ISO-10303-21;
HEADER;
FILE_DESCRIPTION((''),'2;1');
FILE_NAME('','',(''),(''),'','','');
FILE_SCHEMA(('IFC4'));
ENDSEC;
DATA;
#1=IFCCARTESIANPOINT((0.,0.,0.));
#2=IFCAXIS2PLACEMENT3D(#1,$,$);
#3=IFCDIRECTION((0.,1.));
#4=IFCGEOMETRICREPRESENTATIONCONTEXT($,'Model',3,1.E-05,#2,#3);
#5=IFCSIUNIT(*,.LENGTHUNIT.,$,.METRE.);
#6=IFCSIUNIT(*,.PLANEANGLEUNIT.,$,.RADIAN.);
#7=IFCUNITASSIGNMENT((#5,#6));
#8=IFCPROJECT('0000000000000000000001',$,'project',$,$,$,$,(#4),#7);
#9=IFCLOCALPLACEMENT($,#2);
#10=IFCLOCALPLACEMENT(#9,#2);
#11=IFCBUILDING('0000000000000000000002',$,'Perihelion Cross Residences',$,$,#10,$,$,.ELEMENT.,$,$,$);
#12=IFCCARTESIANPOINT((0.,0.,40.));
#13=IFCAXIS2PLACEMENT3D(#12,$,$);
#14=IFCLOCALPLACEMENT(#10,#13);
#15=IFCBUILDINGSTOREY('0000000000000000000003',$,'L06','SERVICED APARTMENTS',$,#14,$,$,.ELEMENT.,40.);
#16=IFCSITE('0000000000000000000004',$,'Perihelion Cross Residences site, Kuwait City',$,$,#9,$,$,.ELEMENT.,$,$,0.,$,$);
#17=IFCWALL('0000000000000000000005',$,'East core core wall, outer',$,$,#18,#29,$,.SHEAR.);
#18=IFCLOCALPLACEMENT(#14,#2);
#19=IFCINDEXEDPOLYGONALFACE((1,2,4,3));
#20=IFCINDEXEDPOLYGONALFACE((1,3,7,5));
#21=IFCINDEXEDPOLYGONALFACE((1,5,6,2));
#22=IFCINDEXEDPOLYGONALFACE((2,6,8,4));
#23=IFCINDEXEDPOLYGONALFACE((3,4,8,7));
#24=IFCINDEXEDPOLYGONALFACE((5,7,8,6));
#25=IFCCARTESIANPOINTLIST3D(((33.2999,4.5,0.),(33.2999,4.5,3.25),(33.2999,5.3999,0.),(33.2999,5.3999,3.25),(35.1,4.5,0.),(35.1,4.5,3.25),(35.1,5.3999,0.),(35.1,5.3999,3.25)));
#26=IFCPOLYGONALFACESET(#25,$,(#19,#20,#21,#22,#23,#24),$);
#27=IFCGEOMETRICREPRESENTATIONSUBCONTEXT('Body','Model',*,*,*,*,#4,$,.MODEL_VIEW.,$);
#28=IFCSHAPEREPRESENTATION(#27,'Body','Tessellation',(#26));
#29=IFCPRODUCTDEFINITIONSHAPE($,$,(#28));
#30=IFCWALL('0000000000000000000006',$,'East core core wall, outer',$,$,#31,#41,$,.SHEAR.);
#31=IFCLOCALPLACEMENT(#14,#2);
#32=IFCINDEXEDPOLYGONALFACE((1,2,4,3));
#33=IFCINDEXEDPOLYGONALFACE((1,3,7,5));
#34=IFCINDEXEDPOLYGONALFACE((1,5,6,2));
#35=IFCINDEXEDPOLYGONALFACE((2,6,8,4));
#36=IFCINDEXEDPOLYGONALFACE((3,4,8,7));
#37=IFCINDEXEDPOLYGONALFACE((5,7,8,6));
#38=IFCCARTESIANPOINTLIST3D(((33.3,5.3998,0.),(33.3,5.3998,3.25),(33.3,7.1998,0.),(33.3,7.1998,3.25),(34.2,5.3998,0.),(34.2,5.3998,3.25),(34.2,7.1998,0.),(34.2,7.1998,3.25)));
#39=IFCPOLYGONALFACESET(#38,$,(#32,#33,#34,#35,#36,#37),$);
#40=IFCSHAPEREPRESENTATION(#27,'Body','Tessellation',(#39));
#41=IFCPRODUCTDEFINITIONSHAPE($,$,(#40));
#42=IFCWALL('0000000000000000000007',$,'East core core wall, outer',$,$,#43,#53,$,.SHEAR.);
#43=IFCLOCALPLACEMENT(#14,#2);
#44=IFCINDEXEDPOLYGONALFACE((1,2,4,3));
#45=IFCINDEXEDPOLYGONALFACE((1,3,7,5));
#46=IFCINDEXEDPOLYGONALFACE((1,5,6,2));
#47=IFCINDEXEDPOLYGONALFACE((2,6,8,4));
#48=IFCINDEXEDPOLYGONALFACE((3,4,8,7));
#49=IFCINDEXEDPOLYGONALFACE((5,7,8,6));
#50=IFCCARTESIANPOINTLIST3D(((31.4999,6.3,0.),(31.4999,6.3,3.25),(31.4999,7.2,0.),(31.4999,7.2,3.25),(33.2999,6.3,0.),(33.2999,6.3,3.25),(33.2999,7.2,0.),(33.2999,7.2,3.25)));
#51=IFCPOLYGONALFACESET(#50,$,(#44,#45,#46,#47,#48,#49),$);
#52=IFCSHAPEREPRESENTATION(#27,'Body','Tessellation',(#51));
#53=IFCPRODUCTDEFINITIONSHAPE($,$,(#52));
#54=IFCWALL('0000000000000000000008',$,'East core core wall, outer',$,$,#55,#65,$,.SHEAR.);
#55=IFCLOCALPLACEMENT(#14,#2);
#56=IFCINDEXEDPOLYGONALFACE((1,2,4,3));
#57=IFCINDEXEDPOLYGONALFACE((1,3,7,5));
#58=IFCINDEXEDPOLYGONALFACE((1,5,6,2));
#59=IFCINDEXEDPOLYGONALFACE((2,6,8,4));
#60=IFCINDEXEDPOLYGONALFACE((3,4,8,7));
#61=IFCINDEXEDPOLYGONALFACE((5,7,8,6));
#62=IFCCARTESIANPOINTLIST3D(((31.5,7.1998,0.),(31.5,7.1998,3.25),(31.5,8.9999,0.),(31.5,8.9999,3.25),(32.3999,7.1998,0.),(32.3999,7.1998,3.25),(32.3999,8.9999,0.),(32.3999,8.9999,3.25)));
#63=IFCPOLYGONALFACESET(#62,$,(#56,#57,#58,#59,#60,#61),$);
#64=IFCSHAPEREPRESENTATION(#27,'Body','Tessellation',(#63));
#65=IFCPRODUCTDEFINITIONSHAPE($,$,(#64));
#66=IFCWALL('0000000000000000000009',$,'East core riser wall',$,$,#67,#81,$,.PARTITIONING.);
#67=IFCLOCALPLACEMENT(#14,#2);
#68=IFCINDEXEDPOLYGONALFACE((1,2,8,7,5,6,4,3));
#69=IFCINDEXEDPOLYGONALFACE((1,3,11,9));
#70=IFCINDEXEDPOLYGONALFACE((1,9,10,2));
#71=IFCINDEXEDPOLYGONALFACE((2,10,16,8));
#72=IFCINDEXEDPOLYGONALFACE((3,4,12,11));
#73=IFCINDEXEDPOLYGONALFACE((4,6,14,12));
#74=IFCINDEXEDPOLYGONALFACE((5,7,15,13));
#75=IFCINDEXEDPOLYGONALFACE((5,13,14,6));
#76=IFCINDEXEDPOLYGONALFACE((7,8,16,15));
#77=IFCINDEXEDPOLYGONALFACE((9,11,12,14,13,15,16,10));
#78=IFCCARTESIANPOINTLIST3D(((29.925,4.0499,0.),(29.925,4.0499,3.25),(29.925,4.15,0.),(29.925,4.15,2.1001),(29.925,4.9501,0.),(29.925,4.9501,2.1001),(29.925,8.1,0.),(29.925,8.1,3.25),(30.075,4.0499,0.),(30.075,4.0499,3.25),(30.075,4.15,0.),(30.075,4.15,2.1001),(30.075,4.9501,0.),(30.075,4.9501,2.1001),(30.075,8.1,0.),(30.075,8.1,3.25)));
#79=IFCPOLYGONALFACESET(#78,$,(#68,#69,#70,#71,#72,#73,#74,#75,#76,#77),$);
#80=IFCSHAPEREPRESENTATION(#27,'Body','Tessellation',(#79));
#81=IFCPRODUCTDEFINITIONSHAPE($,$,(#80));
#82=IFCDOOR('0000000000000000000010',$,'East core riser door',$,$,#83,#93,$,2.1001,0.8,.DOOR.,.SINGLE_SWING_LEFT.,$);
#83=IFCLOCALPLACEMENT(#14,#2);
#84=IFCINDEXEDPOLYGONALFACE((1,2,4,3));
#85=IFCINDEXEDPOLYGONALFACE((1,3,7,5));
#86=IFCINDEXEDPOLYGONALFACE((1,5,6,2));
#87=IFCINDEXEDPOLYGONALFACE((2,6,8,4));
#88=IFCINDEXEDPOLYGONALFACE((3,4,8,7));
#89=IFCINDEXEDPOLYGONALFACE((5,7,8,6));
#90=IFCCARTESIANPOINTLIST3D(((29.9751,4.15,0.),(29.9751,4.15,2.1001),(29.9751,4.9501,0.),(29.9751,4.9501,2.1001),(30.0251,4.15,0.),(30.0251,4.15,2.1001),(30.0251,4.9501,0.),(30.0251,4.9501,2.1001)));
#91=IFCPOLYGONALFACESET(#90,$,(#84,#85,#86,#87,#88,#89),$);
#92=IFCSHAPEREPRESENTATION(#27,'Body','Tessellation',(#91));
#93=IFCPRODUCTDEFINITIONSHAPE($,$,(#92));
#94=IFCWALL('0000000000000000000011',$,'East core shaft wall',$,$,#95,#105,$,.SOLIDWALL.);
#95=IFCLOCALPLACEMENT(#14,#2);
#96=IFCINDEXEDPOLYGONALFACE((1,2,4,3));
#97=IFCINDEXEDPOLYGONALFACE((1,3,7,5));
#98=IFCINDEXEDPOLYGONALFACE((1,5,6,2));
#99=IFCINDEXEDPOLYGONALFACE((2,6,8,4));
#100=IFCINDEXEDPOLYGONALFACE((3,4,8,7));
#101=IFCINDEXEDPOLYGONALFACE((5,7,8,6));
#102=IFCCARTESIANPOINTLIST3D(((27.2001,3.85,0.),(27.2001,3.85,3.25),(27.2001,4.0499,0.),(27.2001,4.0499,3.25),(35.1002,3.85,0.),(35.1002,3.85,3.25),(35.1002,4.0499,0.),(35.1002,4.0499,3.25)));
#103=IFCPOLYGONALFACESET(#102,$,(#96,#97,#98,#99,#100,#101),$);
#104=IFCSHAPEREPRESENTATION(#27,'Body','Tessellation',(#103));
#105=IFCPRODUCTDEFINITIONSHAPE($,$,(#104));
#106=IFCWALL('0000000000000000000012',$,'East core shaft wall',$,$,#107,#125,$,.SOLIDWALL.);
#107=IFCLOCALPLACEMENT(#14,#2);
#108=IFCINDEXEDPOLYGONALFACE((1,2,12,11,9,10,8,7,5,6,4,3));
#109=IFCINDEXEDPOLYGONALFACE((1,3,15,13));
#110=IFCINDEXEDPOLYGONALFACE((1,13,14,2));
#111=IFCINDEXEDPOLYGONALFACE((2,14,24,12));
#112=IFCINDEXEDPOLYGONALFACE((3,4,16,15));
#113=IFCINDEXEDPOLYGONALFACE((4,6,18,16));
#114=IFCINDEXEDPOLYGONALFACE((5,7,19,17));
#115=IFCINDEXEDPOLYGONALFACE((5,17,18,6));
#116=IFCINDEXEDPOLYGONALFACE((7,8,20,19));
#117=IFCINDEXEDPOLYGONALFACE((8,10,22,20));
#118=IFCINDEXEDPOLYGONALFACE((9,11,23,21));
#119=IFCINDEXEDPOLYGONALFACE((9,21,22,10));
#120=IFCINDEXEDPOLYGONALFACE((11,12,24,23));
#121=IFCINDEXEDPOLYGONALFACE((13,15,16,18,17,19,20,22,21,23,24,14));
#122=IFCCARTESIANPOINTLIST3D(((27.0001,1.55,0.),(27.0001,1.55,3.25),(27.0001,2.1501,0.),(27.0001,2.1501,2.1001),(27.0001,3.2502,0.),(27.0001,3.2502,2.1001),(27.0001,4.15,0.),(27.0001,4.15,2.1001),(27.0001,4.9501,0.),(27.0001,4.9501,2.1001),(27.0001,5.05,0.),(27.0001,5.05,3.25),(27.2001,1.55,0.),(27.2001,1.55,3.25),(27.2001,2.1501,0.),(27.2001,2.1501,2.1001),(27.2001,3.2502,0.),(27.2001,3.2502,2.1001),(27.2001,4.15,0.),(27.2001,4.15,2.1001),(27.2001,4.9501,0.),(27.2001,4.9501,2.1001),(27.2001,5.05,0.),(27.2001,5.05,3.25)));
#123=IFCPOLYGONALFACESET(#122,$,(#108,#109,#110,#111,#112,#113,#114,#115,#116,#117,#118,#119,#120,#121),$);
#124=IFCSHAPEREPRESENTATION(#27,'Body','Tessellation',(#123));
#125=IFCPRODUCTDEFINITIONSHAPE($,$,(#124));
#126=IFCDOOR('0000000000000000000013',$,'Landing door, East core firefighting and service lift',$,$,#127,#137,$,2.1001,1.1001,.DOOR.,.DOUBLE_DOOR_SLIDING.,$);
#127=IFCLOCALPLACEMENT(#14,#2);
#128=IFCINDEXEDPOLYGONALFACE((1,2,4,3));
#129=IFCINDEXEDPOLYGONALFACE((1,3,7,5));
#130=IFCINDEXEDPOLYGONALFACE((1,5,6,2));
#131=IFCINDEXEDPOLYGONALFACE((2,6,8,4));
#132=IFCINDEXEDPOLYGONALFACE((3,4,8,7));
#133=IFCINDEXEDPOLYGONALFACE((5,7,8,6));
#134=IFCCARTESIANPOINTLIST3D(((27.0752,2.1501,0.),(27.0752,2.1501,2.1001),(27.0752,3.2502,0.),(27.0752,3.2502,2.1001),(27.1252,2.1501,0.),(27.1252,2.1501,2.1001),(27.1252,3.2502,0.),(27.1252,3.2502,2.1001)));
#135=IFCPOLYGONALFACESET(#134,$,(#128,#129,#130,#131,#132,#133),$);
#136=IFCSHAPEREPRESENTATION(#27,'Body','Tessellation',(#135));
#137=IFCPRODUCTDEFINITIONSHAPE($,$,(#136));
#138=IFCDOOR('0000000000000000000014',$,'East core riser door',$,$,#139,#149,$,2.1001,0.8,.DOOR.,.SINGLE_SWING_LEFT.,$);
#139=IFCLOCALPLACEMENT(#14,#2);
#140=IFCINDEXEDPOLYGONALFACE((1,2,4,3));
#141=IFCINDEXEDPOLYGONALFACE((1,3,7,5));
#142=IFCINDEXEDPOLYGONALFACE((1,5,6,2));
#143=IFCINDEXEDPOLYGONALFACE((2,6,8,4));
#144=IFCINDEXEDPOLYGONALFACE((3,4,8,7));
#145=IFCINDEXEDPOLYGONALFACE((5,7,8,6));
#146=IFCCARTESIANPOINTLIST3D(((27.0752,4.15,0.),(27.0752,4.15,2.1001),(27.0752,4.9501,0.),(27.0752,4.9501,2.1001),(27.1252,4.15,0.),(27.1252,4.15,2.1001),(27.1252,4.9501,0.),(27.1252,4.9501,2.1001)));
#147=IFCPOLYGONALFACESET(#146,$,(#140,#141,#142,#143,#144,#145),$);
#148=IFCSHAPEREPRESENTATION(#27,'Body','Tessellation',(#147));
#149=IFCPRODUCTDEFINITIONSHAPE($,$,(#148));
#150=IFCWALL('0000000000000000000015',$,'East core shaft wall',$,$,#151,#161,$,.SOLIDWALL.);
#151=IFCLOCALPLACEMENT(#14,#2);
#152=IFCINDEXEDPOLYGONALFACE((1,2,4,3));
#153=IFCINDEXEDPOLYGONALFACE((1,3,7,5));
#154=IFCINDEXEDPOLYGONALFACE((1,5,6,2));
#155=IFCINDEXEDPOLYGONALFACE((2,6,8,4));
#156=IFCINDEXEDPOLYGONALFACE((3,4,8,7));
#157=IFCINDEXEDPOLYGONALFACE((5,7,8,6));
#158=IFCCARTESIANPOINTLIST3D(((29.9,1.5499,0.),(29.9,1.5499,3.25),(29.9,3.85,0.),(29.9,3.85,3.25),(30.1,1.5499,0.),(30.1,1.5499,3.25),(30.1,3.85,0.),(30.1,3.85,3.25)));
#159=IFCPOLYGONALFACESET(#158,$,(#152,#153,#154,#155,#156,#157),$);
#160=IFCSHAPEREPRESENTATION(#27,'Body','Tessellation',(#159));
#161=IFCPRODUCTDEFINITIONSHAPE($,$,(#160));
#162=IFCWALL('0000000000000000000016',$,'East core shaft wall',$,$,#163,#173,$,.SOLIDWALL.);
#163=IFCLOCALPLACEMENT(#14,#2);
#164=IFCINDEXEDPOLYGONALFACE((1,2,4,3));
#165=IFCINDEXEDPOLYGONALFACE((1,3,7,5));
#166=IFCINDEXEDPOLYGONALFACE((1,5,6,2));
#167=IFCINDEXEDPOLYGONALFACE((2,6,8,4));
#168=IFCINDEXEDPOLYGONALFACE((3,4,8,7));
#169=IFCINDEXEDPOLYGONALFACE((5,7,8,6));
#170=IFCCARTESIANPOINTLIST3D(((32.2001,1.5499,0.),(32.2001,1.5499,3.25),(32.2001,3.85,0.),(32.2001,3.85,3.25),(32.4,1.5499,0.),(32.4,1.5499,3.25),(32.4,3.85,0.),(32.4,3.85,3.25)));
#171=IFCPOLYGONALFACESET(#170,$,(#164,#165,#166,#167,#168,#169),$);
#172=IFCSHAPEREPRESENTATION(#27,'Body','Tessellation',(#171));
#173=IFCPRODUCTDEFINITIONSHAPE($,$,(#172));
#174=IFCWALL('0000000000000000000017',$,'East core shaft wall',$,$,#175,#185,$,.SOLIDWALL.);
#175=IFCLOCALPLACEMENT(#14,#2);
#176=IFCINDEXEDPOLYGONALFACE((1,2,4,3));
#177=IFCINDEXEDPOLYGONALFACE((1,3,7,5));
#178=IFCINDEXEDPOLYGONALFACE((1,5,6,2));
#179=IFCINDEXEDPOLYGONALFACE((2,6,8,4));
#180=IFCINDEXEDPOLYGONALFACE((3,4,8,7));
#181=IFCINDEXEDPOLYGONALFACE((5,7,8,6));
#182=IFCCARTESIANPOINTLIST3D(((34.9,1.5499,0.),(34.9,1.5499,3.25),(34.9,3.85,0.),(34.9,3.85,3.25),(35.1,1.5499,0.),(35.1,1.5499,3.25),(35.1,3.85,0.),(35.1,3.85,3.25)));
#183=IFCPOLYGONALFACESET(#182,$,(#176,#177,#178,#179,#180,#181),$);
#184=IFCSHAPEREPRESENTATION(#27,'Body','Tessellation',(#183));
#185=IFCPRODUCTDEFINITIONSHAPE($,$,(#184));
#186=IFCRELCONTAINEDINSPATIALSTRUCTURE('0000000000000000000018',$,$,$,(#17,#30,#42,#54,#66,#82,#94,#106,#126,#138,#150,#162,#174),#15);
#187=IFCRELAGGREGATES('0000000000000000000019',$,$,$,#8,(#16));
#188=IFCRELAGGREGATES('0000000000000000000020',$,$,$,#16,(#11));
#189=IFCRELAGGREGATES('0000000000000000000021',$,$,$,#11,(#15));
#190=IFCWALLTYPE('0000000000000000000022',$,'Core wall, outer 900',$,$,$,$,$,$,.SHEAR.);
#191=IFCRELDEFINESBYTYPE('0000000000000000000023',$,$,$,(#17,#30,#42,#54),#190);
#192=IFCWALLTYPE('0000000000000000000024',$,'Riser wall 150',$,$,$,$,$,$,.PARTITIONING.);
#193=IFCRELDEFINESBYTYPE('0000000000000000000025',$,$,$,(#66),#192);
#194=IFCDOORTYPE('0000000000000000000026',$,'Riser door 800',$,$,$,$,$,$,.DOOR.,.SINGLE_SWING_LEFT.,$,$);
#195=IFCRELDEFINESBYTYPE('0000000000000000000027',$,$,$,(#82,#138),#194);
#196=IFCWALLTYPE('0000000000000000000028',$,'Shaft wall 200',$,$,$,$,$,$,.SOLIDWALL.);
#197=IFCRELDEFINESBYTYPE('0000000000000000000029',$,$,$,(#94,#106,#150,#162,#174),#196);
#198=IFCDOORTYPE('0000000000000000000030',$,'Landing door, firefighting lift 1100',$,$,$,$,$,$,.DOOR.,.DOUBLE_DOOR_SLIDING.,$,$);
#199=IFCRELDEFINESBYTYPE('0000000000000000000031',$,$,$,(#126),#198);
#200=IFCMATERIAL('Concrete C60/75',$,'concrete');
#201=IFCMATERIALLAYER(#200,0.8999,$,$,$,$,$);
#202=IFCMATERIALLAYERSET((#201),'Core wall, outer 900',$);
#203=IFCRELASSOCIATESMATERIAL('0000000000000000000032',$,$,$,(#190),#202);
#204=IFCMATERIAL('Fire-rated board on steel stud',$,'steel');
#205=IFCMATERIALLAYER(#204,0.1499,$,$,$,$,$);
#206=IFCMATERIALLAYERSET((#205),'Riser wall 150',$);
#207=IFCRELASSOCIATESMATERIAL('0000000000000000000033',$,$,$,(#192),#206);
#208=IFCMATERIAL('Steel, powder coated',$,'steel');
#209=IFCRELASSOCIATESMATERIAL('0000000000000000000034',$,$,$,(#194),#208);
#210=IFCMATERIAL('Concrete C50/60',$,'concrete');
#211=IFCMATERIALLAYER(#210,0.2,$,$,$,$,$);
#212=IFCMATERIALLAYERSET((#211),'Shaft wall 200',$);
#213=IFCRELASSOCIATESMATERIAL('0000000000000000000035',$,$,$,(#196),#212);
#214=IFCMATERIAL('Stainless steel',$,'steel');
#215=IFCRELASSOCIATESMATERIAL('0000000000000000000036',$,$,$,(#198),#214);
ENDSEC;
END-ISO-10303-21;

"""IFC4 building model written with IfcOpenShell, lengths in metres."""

from ifc_helpers import new_model, si_unit, direction, frame, frame_2d, origin, place, context, subcontext, project, spatial, rectangle, extrude, material, layer, layer_set, type_object, element, fill, save


model = new_model("IFC4")

# Units and contexts
model_context = context("Model", 3, precision=1e-05, world=origin(), true_north=direction((0.0, 1.0)))
body_context = subcontext(model_context, "Body", "Model", "MODEL_VIEW")
ifc_project = project(units=[si_unit("LENGTHUNIT", "METRE"), si_unit("PLANEANGLEUNIT", "RADIAN")], contexts=[model_context])

# Site, building, storey
site_placement = place(None, origin())
site = spatial("IfcSite", under=ifc_project, at=site_placement, Name="Perihelion Cross Residences site, Kuwait City", CompositionType="ELEMENT", RefElevation=0.0)
building_placement = place(site_placement, origin())
building = spatial("IfcBuilding", under=site, at=building_placement, Name="Perihelion Cross Residences", CompositionType="ELEMENT")
storey_placement = place(building_placement, frame((0.0, 0.0, 40.0)))
storey = spatial("IfcBuildingStorey", under=building, at=storey_placement, Name="L06", Description="SERVICED APARTMENTS", CompositionType="ELEMENT", Elevation=40.0)

# Walls
ifc_material_1 = material(Name="Concrete C60/75", Category="concrete")
ifc_layer_1 = layer(ifc_material_1, 0.8999)
ifc_layer_set_1 = layer_set([ifc_layer_1], Name="Core wall, outer 900")
wall_type_1 = type_object("IfcWallType", Name="Core wall, outer 900", PredefinedType="SHEAR", material=ifc_layer_set_1)
for number, where, z_axis, x_axis, name in (
    (1, (33.3, 4.95, 0.0), (0.0, 0.0, 1.0), (1.0, 0.0, 0.0), "East core core wall, outer"),
    (2, (33.75, 5.3999, 0.0), (0.0, 0.0, 1.0), (0.0, 1.0, 0.0), "East core core wall, outer"),
    (3, (31.5, 6.75, 0.0), (0.0, 0.0, 1.0), (1.0, 0.0, 0.0), "East core core wall, outer"),
    (4, (31.95, 7.2, 0.0), (0.0, 0.0, 1.0), (0.0, 1.0, 0.0), "East core core wall, outer"),
):
    element("IfcWall", number, at=place(storey_placement, frame(where, z_axis=z_axis, x_axis=x_axis)), inside=storey, type_object=wall_type_1, Name=name, PredefinedType="SHEAR", context=body_context, shape_type="SweptSolid", body=[
        extrude(rectangle(XDim=1.8, YDim=0.8999, at=frame_2d((0.8999, 0.0))), origin(), (0.0, 0.0, 1.0), 3.25),
    ])

# Wall, opening, door
ifc_material_2 = material(Name="Fire-rated board on steel stud", Category="steel")
ifc_layer_2 = layer(ifc_material_2, 0.1499)
ifc_layer_set_2 = layer_set([ifc_layer_2], Name="Riser wall 150")
wall_type_2 = type_object("IfcWallType", Name="Riser wall 150", PredefinedType="PARTITIONING", material=ifc_layer_set_2)
wall_1_placement = place(storey_placement, frame((30.0, 4.05, 0.0), z_axis=(0.0, 0.0, 1.0), x_axis=(0.0, 1.0, 0.0)))
wall_1 = element("IfcWall", 5, at=wall_1_placement, inside=storey, type_object=wall_type_2, Name="East core riser wall", PredefinedType="PARTITIONING", context=body_context, shape_type="SweptSolid", body=[
    extrude(rectangle(XDim=4.05, YDim=0.1499, at=frame_2d((2.0249, 0.0))), origin(), (0.0, 0.0, 1.0), 3.25),
])
opening_1_placement = place(wall_1_placement, frame((0.1001, 0.0, 0.0)))
opening_1 = element("IfcOpeningElement", 6, at=opening_1_placement, cuts=wall_1, PredefinedType="OPENING", context=body_context, shape_type="SweptSolid", body=[
    extrude(rectangle(XDim=0.8, YDim=2.1001, at=frame_2d((0.3999, 1.05))), frame((0.0, 0.085, 0.0), z_axis=(0.0, -1.0, 0.0), x_axis=(1.0, 0.0, 0.0)), (0.0, 0.0, 1.0), 0.1699),
])
ifc_material_3 = material(Name="Steel, powder coated", Category="steel")
door_type_1 = type_object("IfcDoorType", Name="Riser door 800", OperationType="SINGLE_SWING_LEFT", PredefinedType="DOOR", material=ifc_material_3)
door_1_placement = place(opening_1_placement, origin())
door_1 = element("IfcDoor", 7, at=door_1_placement, inside=storey, type_object=door_type_1, Name="East core riser door", OperationType="SINGLE_SWING_LEFT", OverallHeight=2.1001, OverallWidth=0.8, PredefinedType="DOOR", context=body_context, shape_type="SweptSolid", body=[
    extrude(rectangle(XDim=0.8, YDim=2.1001, at=frame_2d((0.3999, 1.05))), frame((0.0, 0.0249, 0.0), z_axis=(0.0, -1.0, 0.0), x_axis=(1.0, 0.0, 0.0)), (0.0, 0.0, 1.0), 0.05),
])
fill(opening_1, door_1)

# Wall
ifc_material_4 = material(Name="Concrete C50/60", Category="concrete")
ifc_layer_3 = layer(ifc_material_4, 0.2)
ifc_layer_set_3 = layer_set([ifc_layer_3], Name="Shaft wall 200")
wall_type_3 = type_object("IfcWallType", Name="Shaft wall 200", PredefinedType="SOLIDWALL", material=ifc_layer_set_3)
wall_2_placement = place(storey_placement, frame((27.2, 3.95, 0.0), z_axis=(0.0, 0.0, 1.0), x_axis=(1.0, 0.0, 0.0)))
element("IfcWall", 8, at=wall_2_placement, inside=storey, type_object=wall_type_3, Name="East core shaft wall", PredefinedType="SOLIDWALL", context=body_context, shape_type="SweptSolid", body=[
    extrude(rectangle(XDim=7.9001, YDim=0.2, at=frame_2d((3.9502, 0.0))), origin(), (0.0, 0.0, 1.0), 3.25),
])

# Wall, openings, doors
wall_3_placement = place(storey_placement, frame((27.1001, 1.55, 0.0), z_axis=(0.0, 0.0, 1.0), x_axis=(0.0, 1.0, 0.0)))
wall_3 = element("IfcWall", 9, at=wall_3_placement, inside=storey, type_object=wall_type_3, Name="East core shaft wall", PredefinedType="SOLIDWALL", context=body_context, shape_type="SweptSolid", body=[
    extrude(rectangle(XDim=3.5, YDim=0.2, at=frame_2d((1.75, 0.0))), origin(), (0.0, 0.0, 1.0), 3.25),
])
opening_2_placement = place(wall_3_placement, frame((0.6001, 0.0, 0.0)))
opening_2 = element("IfcOpeningElement", 10, at=opening_2_placement, cuts=wall_3, PredefinedType="OPENING", context=body_context, shape_type="SweptSolid", body=[
    extrude(rectangle(XDim=1.1001, YDim=2.1001, at=frame_2d((0.55, 1.05))), frame((0.0, 0.1099, 0.0), z_axis=(0.0, -1.0, 0.0), x_axis=(1.0, 0.0, 0.0)), (0.0, 0.0, 1.0), 0.22),
])
opening_3_placement = place(wall_3_placement, frame((2.6001, 0.0, 0.0)))
opening_3 = element("IfcOpeningElement", 11, at=opening_3_placement, cuts=wall_3, PredefinedType="OPENING", context=body_context, shape_type="SweptSolid", body=[
    extrude(rectangle(XDim=0.8, YDim=2.1001, at=frame_2d((0.3999, 1.05))), frame((0.0, 0.1099, 0.0), z_axis=(0.0, -1.0, 0.0), x_axis=(1.0, 0.0, 0.0)), (0.0, 0.0, 1.0), 0.22),
])
ifc_material_5 = material(Name="Stainless steel", Category="steel")
door_type_2 = type_object("IfcDoorType", Name="Landing door, firefighting lift 1100", OperationType="DOUBLE_DOOR_SLIDING", PredefinedType="DOOR", material=ifc_material_5)
door_2_placement = place(opening_2_placement, origin())
door_2 = element("IfcDoor", 12, at=door_2_placement, inside=storey, type_object=door_type_2, Name="Landing door, East core firefighting and service lift", OperationType="DOUBLE_DOOR_SLIDING", OverallHeight=2.1001, OverallWidth=1.1001, PredefinedType="DOOR", context=body_context, shape_type="SweptSolid", body=[
    extrude(rectangle(XDim=1.1001, YDim=2.1001, at=frame_2d((0.55, 1.05))), frame((0.0, 0.0249, 0.0), z_axis=(0.0, -1.0, 0.0), x_axis=(1.0, 0.0, 0.0)), (0.0, 0.0, 1.0), 0.05),
])
fill(opening_2, door_2)
door_3_placement = place(opening_3_placement, origin())
door_3 = element("IfcDoor", 13, at=door_3_placement, inside=storey, type_object=door_type_1, Name="East core riser door", OperationType="SINGLE_SWING_LEFT", OverallHeight=2.1001, OverallWidth=0.8, PredefinedType="DOOR", context=body_context, shape_type="SweptSolid", body=[
    extrude(rectangle(XDim=0.8, YDim=2.1001, at=frame_2d((0.3999, 1.05))), frame((0.0, 0.0249, 0.0), z_axis=(0.0, -1.0, 0.0), x_axis=(1.0, 0.0, 0.0)), (0.0, 0.0, 1.0), 0.05),
])
fill(opening_3, door_3)

# Walls
for number, where, z_axis, x_axis, name in (
    (14, (30.0, 1.55, 0.0), (0.0, 0.0, 1.0), (0.0, 1.0, 0.0), "East core shaft wall"),
    (15, (32.3, 1.55, 0.0), (0.0, 0.0, 1.0), (0.0, 1.0, 0.0), "East core shaft wall"),
    (16, (35.0, 1.55, 0.0), (0.0, 0.0, 1.0), (0.0, 1.0, 0.0), "East core shaft wall"),
):
    element("IfcWall", number, at=place(storey_placement, frame(where, z_axis=z_axis, x_axis=x_axis)), inside=storey, type_object=wall_type_3, Name=name, PredefinedType="SOLIDWALL", context=body_context, shape_type="SweptSolid", body=[
        extrude(rectangle(XDim=2.3, YDim=0.2, at=frame_2d((1.1499, 0.0))), origin(), (0.0, 0.0, 1.0), 3.25),
    ])

save(model, "model.ifc")
